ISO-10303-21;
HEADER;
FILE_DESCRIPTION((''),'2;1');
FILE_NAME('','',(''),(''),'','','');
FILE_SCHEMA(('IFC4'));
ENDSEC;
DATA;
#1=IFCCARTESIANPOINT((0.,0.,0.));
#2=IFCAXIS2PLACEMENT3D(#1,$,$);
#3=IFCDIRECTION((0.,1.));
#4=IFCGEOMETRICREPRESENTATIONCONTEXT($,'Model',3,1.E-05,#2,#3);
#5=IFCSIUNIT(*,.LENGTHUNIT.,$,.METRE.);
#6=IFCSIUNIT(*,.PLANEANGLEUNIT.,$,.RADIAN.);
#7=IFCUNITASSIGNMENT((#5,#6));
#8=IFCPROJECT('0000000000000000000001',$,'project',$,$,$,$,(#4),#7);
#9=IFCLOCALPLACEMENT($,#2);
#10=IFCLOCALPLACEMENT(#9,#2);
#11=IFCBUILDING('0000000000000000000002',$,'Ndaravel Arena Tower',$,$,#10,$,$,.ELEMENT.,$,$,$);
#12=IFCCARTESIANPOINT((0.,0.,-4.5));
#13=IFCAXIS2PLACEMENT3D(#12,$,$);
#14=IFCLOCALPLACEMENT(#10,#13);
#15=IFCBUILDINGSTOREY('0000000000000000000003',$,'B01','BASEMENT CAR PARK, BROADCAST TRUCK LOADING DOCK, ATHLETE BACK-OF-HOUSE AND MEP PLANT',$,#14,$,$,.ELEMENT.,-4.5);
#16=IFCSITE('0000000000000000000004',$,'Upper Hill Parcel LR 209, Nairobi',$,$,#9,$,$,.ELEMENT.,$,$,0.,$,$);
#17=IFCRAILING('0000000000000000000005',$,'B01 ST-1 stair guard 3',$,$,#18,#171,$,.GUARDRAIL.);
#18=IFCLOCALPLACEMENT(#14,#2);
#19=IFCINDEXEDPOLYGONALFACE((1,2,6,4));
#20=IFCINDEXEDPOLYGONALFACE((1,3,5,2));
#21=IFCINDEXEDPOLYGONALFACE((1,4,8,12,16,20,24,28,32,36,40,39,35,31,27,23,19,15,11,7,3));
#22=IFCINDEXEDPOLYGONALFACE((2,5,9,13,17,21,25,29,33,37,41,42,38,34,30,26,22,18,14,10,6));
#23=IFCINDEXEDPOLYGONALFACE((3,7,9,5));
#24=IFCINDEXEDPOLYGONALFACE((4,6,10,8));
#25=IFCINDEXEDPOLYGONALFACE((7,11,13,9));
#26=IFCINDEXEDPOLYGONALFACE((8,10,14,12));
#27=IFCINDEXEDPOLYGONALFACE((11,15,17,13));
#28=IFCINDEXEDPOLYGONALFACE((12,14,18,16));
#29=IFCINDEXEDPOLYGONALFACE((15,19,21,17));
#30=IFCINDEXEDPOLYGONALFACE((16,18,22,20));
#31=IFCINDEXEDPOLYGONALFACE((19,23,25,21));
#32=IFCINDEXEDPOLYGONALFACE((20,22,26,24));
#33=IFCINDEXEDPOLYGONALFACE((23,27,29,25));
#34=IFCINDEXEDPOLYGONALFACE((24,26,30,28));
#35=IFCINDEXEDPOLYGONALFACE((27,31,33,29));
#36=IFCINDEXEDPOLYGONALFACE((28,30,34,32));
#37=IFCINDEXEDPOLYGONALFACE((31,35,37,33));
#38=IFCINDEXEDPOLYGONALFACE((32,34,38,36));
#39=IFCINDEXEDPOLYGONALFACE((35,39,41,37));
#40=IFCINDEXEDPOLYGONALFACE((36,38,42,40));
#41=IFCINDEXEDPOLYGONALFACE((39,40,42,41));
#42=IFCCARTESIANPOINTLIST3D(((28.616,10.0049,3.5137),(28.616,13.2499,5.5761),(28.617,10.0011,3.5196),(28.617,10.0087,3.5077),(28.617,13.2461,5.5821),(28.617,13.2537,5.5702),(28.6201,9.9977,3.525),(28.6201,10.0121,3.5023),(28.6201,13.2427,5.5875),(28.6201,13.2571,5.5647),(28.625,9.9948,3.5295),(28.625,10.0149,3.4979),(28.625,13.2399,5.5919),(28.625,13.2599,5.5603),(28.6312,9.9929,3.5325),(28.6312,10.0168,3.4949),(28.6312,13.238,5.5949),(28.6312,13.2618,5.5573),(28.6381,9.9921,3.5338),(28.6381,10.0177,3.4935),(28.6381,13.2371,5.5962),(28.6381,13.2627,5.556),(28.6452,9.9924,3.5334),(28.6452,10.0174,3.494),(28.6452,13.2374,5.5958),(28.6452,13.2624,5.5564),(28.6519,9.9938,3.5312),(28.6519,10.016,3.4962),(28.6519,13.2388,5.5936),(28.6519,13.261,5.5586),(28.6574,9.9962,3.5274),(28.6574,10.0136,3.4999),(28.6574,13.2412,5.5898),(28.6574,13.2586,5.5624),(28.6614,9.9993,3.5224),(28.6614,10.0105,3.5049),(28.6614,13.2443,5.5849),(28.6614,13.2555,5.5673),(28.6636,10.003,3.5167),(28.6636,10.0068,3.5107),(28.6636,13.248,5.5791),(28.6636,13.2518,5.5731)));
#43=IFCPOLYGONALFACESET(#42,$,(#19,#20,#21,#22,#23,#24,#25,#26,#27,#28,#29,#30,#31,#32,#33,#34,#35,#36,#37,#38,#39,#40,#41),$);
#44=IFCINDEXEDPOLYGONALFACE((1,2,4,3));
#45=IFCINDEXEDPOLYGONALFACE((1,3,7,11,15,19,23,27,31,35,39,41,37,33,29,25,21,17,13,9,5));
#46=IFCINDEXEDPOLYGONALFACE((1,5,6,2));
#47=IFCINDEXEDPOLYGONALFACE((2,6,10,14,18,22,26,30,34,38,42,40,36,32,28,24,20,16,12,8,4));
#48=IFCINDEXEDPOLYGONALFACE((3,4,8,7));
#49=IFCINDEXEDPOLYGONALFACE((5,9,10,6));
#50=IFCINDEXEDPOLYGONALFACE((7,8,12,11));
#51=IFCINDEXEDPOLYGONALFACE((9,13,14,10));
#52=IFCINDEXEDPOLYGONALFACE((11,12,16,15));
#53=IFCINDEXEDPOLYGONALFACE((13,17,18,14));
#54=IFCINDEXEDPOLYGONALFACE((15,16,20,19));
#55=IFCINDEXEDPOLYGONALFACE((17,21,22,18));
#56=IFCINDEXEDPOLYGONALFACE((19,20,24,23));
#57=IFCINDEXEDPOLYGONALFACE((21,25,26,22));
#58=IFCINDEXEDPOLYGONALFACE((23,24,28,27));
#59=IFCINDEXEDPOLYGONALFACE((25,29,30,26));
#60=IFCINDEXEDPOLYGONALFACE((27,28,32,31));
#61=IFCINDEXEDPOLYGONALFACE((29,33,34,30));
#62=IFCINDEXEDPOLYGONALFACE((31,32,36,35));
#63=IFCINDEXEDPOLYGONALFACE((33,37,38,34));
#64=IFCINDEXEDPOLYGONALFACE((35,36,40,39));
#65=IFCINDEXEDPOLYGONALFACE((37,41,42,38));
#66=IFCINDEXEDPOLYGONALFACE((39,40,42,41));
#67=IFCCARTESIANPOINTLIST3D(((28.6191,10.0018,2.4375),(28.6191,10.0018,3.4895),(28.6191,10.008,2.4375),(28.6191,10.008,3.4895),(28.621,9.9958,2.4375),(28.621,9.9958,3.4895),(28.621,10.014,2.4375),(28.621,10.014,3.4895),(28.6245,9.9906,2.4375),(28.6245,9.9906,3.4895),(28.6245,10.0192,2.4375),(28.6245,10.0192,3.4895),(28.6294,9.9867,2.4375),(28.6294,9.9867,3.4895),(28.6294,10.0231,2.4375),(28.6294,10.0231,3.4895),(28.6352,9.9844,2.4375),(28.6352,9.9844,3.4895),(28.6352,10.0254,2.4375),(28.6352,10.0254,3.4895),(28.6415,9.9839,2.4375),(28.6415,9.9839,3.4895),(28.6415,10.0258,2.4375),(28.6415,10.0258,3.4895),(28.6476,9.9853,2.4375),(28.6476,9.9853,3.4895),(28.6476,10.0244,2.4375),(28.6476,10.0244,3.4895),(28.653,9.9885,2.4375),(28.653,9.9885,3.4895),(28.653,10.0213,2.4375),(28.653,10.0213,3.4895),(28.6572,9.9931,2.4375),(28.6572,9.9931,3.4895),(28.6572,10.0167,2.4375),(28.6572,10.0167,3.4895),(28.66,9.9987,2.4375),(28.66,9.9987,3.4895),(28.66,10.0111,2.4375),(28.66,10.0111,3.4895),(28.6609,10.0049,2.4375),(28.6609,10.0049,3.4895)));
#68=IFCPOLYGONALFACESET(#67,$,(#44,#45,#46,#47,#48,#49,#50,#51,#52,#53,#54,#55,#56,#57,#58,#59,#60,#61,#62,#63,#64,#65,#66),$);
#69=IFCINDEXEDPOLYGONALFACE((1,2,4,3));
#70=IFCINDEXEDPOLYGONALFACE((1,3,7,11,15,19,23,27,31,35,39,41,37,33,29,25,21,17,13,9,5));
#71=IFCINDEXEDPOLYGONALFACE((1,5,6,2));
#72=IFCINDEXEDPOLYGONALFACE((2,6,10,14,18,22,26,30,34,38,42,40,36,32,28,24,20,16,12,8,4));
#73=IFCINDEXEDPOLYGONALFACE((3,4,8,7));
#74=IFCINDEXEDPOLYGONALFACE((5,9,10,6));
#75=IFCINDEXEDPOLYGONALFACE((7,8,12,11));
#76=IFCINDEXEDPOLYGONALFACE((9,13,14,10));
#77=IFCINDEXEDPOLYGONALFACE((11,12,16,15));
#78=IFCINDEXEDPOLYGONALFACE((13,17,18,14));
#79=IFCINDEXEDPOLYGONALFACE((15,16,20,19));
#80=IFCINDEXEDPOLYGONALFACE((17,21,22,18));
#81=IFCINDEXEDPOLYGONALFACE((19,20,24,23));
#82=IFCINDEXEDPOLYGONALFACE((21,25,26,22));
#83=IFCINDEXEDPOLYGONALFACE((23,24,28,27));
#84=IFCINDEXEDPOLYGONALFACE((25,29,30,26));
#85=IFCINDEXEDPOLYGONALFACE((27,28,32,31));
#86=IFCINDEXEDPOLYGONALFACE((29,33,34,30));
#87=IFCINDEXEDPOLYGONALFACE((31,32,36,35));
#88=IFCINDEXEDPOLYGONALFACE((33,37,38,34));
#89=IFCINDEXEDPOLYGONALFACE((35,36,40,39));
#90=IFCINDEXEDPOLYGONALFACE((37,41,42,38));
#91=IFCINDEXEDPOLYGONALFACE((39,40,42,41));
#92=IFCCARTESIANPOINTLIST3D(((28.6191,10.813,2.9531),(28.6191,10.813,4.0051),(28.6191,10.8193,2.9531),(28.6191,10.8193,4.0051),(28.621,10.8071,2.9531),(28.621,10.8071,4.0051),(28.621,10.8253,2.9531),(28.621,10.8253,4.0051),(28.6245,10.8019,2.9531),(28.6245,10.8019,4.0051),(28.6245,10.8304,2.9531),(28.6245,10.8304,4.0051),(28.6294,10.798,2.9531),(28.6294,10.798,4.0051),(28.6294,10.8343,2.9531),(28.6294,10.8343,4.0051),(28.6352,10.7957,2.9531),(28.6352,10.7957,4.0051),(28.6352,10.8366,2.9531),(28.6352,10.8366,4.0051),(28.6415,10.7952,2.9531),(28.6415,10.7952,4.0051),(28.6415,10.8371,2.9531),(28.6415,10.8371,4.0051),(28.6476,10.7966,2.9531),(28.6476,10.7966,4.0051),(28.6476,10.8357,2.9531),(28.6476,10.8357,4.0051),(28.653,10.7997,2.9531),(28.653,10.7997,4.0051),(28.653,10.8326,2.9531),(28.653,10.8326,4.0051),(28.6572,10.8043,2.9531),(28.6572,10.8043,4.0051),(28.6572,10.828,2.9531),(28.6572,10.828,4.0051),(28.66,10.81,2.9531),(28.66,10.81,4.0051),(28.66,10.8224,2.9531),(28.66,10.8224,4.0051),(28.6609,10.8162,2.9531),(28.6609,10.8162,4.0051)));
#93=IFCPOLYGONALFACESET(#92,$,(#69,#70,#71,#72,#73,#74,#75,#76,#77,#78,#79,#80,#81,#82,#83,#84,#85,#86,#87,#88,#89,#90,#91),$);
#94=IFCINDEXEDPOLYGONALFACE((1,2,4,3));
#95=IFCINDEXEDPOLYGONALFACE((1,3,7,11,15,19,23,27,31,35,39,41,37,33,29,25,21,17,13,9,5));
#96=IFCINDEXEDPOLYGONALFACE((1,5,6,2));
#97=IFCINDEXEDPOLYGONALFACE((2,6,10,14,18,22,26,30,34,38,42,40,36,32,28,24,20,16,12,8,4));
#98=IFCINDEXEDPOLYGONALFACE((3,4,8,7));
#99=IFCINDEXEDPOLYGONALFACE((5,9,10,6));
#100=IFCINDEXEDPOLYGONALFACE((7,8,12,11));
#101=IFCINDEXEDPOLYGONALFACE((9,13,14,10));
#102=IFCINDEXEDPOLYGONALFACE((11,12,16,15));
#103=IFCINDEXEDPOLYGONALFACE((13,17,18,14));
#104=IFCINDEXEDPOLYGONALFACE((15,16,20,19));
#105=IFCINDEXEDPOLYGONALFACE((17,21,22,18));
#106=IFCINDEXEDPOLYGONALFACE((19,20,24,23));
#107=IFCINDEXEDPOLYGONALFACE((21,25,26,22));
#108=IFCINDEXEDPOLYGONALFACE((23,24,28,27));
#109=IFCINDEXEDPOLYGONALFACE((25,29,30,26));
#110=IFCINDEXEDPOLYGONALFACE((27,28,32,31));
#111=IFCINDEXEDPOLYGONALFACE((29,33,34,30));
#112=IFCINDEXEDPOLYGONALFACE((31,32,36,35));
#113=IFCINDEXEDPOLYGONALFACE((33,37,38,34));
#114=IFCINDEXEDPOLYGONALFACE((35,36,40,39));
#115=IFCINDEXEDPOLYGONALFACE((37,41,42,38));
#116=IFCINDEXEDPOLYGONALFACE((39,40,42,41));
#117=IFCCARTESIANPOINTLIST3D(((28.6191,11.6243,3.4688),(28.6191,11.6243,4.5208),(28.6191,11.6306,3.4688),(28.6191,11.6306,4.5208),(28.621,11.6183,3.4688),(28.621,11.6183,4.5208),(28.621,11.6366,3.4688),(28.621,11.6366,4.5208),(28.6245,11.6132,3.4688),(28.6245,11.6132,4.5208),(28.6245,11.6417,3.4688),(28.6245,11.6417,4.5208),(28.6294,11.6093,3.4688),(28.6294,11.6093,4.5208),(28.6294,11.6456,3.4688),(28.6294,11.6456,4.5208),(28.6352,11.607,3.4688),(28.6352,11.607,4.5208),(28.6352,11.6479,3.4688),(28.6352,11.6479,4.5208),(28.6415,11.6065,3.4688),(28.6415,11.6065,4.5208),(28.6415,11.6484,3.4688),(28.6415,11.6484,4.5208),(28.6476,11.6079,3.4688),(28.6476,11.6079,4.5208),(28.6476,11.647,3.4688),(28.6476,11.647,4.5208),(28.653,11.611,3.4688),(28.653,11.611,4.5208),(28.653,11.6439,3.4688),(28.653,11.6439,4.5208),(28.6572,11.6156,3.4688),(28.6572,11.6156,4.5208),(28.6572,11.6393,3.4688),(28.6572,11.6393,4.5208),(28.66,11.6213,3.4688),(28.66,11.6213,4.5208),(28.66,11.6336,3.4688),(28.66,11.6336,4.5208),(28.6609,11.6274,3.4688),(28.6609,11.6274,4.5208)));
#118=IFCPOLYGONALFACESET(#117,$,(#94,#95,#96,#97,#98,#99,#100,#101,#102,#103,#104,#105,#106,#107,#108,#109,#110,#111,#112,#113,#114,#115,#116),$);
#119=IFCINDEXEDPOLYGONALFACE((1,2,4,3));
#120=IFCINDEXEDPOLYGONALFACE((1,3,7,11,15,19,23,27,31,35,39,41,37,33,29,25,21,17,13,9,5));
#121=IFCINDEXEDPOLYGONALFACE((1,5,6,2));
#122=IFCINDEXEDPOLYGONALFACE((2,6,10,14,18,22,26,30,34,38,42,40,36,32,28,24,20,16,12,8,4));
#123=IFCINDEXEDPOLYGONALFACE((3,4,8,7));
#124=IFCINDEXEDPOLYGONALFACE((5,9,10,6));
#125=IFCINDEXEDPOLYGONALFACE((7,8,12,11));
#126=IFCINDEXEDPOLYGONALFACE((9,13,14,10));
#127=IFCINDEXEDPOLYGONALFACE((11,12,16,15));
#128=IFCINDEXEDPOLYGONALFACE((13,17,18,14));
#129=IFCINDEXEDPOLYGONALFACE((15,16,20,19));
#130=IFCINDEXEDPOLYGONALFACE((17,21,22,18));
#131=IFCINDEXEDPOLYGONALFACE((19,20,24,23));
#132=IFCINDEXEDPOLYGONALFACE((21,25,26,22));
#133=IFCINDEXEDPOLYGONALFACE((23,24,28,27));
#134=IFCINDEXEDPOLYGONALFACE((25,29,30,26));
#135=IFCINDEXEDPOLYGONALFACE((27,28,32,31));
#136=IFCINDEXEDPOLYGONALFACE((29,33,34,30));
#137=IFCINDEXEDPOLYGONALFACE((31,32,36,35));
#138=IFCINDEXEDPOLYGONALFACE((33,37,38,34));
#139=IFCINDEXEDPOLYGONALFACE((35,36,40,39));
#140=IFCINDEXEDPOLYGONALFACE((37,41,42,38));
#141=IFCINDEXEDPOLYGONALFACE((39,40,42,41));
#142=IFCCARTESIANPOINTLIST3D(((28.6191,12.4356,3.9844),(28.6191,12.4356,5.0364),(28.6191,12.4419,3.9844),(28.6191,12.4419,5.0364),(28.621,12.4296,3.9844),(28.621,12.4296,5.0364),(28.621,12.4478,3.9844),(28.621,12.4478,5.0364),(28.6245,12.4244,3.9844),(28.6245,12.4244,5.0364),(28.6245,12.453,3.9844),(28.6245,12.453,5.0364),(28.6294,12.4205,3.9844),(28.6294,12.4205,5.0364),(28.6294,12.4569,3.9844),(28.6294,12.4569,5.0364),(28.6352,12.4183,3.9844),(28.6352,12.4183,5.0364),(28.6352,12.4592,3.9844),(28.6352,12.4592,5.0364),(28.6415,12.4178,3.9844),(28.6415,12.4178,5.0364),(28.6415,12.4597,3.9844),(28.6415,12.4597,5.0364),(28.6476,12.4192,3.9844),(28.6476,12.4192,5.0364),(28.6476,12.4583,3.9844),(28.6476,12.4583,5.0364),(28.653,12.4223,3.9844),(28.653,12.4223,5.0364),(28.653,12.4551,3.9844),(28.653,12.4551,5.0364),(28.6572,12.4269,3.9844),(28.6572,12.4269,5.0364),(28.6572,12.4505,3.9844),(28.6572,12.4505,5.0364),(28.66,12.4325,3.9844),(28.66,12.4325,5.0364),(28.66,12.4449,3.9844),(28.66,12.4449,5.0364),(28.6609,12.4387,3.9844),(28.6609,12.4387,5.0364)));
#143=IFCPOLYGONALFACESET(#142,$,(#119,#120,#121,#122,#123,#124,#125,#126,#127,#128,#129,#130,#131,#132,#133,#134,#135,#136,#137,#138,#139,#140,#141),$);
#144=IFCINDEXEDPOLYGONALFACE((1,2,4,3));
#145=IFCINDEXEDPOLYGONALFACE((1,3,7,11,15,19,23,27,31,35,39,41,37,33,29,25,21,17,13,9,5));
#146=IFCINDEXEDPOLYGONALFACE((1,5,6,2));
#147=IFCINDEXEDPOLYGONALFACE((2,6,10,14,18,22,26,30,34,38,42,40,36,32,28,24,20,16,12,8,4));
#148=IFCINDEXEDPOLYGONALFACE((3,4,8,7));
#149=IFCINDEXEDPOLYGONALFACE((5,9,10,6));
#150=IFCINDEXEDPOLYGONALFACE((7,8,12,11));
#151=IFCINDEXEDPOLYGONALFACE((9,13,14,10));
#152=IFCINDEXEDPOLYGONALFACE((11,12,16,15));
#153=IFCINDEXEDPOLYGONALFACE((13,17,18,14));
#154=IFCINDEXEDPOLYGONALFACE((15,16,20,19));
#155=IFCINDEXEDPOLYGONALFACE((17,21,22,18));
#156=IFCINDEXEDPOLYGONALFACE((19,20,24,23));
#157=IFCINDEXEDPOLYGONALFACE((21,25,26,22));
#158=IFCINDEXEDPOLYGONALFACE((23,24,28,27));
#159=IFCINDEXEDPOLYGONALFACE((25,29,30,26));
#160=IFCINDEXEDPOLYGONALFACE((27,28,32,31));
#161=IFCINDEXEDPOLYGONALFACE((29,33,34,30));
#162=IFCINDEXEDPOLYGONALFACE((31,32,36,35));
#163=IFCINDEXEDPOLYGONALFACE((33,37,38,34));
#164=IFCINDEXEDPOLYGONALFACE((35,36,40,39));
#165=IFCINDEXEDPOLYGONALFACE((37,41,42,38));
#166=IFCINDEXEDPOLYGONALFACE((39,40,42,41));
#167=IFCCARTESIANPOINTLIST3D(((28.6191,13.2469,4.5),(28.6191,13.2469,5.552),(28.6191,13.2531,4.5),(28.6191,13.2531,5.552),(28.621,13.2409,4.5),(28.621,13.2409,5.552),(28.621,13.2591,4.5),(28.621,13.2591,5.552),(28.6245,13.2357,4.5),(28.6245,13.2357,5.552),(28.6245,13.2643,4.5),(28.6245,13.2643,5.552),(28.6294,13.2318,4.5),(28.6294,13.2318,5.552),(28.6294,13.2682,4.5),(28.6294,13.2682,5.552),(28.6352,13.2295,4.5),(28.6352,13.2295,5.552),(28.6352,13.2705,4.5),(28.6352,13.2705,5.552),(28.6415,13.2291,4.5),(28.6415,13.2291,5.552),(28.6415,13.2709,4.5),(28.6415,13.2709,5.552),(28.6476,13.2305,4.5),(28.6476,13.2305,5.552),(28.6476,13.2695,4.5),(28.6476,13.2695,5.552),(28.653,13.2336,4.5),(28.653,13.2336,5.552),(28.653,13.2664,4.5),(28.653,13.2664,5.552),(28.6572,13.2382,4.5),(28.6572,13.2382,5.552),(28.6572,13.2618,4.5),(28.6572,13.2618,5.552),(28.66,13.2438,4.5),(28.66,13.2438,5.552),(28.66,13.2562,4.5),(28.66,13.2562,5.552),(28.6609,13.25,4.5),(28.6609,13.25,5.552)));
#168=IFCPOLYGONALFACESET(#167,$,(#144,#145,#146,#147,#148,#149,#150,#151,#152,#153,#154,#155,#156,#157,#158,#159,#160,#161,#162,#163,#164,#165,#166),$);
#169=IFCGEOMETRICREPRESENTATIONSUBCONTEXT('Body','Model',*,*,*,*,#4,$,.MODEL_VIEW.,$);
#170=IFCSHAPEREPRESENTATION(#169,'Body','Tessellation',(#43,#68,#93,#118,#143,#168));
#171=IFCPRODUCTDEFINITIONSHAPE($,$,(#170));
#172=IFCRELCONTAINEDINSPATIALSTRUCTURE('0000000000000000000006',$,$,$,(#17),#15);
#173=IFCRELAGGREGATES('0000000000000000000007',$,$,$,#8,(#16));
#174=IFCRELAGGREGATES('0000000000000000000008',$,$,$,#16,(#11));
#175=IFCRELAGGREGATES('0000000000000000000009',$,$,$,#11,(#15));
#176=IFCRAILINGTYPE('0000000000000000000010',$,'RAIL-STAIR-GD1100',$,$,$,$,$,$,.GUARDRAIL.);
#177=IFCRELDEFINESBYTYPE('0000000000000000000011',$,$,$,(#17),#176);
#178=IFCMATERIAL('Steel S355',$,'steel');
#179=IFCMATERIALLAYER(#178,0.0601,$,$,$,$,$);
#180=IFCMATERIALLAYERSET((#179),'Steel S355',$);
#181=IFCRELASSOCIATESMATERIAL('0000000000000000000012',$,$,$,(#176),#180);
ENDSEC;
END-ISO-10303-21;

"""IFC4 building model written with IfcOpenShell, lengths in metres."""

from ifc_helpers import new_model, si_unit, direction, frame, origin, origin_2d, place, context, subcontext, project, spatial, circle, extrude, material, layer, layer_set, type_object, element, save


model = new_model("IFC4")

# Units and contexts
model_context = context("Model", 3, precision=1e-05, world=origin(), true_north=direction((0.0, 1.0)))
body_context = subcontext(model_context, "Body", "Model", "MODEL_VIEW")
ifc_project = project(units=[si_unit("LENGTHUNIT", "METRE"), si_unit("PLANEANGLEUNIT", "RADIAN")], contexts=[model_context])

# Site, building, storey
site_placement = place(None, origin())
site = spatial("IfcSite", under=ifc_project, at=site_placement, Name="Upper Hill Parcel LR 209, Nairobi", CompositionType="ELEMENT", RefElevation=0.0)
building_placement = place(site_placement, origin())
building = spatial("IfcBuilding", under=site, at=building_placement, Name="Ndaravel Arena Tower", CompositionType="ELEMENT")
storey_placement = place(building_placement, frame((0.0, 0.0, -4.5)))
storey = spatial("IfcBuildingStorey", under=building, at=storey_placement, Name="B01", Description="BASEMENT CAR PARK, BROADCAST TRUCK LOADING DOCK, ATHLETE BACK-OF-HOUSE AND MEP PLANT", CompositionType="ELEMENT", Elevation=-4.5)

# Railing
ifc_material_1 = material(Name="Steel S355", Category="steel")
ifc_layer_1 = layer(ifc_material_1, 0.0601)
ifc_layer_set_1 = layer_set([ifc_layer_1], Name="Steel S355")
railing_type_1 = type_object("IfcRailingType", Name="RAIL-STAIR-GD1100", PredefinedType="GUARDRAIL", material=ifc_layer_set_1)
railing_1_placement = place(storey_placement, frame((28.6399, 10.0049, 2.4375)))
element("IfcRailing", 1, at=railing_1_placement, inside=storey, type_object=railing_type_1, Name="B01 ST-1 stair guard 3", PredefinedType="GUARDRAIL", context=body_context, shape_type="SweptSolid", body=[
    extrude(circle(Radius=0.0239, at=origin_2d()), frame((0.0, 0.0, 1.0762), z_axis=(0.0, 0.843965, 0.536399), x_axis=(-1.0, 0.0, 0.0)), (0.0, 0.0, 1.0), 3.845),
    extrude(circle(Radius=0.021, at=origin_2d()), origin(), (0.0, 0.0, 1.0), 1.052),
    extrude(circle(Radius=0.021, at=origin_2d()), frame((0.0, 0.8113, 0.5156)), (0.0, 0.0, 1.0), 1.052),
    extrude(circle(Radius=0.021, at=origin_2d()), frame((0.0, 1.6226, 1.0312)), (0.0, 0.0, 1.0), 1.052),
    extrude(circle(Radius=0.021, at=origin_2d()), frame((0.0, 2.4338, 1.5469)), (0.0, 0.0, 1.0), 1.052),
    extrude(circle(Radius=0.021, at=origin_2d()), frame((0.0, 3.2451, 2.0625)), (0.0, 0.0, 1.0), 1.052),
])

save(model, "model.ifc")
